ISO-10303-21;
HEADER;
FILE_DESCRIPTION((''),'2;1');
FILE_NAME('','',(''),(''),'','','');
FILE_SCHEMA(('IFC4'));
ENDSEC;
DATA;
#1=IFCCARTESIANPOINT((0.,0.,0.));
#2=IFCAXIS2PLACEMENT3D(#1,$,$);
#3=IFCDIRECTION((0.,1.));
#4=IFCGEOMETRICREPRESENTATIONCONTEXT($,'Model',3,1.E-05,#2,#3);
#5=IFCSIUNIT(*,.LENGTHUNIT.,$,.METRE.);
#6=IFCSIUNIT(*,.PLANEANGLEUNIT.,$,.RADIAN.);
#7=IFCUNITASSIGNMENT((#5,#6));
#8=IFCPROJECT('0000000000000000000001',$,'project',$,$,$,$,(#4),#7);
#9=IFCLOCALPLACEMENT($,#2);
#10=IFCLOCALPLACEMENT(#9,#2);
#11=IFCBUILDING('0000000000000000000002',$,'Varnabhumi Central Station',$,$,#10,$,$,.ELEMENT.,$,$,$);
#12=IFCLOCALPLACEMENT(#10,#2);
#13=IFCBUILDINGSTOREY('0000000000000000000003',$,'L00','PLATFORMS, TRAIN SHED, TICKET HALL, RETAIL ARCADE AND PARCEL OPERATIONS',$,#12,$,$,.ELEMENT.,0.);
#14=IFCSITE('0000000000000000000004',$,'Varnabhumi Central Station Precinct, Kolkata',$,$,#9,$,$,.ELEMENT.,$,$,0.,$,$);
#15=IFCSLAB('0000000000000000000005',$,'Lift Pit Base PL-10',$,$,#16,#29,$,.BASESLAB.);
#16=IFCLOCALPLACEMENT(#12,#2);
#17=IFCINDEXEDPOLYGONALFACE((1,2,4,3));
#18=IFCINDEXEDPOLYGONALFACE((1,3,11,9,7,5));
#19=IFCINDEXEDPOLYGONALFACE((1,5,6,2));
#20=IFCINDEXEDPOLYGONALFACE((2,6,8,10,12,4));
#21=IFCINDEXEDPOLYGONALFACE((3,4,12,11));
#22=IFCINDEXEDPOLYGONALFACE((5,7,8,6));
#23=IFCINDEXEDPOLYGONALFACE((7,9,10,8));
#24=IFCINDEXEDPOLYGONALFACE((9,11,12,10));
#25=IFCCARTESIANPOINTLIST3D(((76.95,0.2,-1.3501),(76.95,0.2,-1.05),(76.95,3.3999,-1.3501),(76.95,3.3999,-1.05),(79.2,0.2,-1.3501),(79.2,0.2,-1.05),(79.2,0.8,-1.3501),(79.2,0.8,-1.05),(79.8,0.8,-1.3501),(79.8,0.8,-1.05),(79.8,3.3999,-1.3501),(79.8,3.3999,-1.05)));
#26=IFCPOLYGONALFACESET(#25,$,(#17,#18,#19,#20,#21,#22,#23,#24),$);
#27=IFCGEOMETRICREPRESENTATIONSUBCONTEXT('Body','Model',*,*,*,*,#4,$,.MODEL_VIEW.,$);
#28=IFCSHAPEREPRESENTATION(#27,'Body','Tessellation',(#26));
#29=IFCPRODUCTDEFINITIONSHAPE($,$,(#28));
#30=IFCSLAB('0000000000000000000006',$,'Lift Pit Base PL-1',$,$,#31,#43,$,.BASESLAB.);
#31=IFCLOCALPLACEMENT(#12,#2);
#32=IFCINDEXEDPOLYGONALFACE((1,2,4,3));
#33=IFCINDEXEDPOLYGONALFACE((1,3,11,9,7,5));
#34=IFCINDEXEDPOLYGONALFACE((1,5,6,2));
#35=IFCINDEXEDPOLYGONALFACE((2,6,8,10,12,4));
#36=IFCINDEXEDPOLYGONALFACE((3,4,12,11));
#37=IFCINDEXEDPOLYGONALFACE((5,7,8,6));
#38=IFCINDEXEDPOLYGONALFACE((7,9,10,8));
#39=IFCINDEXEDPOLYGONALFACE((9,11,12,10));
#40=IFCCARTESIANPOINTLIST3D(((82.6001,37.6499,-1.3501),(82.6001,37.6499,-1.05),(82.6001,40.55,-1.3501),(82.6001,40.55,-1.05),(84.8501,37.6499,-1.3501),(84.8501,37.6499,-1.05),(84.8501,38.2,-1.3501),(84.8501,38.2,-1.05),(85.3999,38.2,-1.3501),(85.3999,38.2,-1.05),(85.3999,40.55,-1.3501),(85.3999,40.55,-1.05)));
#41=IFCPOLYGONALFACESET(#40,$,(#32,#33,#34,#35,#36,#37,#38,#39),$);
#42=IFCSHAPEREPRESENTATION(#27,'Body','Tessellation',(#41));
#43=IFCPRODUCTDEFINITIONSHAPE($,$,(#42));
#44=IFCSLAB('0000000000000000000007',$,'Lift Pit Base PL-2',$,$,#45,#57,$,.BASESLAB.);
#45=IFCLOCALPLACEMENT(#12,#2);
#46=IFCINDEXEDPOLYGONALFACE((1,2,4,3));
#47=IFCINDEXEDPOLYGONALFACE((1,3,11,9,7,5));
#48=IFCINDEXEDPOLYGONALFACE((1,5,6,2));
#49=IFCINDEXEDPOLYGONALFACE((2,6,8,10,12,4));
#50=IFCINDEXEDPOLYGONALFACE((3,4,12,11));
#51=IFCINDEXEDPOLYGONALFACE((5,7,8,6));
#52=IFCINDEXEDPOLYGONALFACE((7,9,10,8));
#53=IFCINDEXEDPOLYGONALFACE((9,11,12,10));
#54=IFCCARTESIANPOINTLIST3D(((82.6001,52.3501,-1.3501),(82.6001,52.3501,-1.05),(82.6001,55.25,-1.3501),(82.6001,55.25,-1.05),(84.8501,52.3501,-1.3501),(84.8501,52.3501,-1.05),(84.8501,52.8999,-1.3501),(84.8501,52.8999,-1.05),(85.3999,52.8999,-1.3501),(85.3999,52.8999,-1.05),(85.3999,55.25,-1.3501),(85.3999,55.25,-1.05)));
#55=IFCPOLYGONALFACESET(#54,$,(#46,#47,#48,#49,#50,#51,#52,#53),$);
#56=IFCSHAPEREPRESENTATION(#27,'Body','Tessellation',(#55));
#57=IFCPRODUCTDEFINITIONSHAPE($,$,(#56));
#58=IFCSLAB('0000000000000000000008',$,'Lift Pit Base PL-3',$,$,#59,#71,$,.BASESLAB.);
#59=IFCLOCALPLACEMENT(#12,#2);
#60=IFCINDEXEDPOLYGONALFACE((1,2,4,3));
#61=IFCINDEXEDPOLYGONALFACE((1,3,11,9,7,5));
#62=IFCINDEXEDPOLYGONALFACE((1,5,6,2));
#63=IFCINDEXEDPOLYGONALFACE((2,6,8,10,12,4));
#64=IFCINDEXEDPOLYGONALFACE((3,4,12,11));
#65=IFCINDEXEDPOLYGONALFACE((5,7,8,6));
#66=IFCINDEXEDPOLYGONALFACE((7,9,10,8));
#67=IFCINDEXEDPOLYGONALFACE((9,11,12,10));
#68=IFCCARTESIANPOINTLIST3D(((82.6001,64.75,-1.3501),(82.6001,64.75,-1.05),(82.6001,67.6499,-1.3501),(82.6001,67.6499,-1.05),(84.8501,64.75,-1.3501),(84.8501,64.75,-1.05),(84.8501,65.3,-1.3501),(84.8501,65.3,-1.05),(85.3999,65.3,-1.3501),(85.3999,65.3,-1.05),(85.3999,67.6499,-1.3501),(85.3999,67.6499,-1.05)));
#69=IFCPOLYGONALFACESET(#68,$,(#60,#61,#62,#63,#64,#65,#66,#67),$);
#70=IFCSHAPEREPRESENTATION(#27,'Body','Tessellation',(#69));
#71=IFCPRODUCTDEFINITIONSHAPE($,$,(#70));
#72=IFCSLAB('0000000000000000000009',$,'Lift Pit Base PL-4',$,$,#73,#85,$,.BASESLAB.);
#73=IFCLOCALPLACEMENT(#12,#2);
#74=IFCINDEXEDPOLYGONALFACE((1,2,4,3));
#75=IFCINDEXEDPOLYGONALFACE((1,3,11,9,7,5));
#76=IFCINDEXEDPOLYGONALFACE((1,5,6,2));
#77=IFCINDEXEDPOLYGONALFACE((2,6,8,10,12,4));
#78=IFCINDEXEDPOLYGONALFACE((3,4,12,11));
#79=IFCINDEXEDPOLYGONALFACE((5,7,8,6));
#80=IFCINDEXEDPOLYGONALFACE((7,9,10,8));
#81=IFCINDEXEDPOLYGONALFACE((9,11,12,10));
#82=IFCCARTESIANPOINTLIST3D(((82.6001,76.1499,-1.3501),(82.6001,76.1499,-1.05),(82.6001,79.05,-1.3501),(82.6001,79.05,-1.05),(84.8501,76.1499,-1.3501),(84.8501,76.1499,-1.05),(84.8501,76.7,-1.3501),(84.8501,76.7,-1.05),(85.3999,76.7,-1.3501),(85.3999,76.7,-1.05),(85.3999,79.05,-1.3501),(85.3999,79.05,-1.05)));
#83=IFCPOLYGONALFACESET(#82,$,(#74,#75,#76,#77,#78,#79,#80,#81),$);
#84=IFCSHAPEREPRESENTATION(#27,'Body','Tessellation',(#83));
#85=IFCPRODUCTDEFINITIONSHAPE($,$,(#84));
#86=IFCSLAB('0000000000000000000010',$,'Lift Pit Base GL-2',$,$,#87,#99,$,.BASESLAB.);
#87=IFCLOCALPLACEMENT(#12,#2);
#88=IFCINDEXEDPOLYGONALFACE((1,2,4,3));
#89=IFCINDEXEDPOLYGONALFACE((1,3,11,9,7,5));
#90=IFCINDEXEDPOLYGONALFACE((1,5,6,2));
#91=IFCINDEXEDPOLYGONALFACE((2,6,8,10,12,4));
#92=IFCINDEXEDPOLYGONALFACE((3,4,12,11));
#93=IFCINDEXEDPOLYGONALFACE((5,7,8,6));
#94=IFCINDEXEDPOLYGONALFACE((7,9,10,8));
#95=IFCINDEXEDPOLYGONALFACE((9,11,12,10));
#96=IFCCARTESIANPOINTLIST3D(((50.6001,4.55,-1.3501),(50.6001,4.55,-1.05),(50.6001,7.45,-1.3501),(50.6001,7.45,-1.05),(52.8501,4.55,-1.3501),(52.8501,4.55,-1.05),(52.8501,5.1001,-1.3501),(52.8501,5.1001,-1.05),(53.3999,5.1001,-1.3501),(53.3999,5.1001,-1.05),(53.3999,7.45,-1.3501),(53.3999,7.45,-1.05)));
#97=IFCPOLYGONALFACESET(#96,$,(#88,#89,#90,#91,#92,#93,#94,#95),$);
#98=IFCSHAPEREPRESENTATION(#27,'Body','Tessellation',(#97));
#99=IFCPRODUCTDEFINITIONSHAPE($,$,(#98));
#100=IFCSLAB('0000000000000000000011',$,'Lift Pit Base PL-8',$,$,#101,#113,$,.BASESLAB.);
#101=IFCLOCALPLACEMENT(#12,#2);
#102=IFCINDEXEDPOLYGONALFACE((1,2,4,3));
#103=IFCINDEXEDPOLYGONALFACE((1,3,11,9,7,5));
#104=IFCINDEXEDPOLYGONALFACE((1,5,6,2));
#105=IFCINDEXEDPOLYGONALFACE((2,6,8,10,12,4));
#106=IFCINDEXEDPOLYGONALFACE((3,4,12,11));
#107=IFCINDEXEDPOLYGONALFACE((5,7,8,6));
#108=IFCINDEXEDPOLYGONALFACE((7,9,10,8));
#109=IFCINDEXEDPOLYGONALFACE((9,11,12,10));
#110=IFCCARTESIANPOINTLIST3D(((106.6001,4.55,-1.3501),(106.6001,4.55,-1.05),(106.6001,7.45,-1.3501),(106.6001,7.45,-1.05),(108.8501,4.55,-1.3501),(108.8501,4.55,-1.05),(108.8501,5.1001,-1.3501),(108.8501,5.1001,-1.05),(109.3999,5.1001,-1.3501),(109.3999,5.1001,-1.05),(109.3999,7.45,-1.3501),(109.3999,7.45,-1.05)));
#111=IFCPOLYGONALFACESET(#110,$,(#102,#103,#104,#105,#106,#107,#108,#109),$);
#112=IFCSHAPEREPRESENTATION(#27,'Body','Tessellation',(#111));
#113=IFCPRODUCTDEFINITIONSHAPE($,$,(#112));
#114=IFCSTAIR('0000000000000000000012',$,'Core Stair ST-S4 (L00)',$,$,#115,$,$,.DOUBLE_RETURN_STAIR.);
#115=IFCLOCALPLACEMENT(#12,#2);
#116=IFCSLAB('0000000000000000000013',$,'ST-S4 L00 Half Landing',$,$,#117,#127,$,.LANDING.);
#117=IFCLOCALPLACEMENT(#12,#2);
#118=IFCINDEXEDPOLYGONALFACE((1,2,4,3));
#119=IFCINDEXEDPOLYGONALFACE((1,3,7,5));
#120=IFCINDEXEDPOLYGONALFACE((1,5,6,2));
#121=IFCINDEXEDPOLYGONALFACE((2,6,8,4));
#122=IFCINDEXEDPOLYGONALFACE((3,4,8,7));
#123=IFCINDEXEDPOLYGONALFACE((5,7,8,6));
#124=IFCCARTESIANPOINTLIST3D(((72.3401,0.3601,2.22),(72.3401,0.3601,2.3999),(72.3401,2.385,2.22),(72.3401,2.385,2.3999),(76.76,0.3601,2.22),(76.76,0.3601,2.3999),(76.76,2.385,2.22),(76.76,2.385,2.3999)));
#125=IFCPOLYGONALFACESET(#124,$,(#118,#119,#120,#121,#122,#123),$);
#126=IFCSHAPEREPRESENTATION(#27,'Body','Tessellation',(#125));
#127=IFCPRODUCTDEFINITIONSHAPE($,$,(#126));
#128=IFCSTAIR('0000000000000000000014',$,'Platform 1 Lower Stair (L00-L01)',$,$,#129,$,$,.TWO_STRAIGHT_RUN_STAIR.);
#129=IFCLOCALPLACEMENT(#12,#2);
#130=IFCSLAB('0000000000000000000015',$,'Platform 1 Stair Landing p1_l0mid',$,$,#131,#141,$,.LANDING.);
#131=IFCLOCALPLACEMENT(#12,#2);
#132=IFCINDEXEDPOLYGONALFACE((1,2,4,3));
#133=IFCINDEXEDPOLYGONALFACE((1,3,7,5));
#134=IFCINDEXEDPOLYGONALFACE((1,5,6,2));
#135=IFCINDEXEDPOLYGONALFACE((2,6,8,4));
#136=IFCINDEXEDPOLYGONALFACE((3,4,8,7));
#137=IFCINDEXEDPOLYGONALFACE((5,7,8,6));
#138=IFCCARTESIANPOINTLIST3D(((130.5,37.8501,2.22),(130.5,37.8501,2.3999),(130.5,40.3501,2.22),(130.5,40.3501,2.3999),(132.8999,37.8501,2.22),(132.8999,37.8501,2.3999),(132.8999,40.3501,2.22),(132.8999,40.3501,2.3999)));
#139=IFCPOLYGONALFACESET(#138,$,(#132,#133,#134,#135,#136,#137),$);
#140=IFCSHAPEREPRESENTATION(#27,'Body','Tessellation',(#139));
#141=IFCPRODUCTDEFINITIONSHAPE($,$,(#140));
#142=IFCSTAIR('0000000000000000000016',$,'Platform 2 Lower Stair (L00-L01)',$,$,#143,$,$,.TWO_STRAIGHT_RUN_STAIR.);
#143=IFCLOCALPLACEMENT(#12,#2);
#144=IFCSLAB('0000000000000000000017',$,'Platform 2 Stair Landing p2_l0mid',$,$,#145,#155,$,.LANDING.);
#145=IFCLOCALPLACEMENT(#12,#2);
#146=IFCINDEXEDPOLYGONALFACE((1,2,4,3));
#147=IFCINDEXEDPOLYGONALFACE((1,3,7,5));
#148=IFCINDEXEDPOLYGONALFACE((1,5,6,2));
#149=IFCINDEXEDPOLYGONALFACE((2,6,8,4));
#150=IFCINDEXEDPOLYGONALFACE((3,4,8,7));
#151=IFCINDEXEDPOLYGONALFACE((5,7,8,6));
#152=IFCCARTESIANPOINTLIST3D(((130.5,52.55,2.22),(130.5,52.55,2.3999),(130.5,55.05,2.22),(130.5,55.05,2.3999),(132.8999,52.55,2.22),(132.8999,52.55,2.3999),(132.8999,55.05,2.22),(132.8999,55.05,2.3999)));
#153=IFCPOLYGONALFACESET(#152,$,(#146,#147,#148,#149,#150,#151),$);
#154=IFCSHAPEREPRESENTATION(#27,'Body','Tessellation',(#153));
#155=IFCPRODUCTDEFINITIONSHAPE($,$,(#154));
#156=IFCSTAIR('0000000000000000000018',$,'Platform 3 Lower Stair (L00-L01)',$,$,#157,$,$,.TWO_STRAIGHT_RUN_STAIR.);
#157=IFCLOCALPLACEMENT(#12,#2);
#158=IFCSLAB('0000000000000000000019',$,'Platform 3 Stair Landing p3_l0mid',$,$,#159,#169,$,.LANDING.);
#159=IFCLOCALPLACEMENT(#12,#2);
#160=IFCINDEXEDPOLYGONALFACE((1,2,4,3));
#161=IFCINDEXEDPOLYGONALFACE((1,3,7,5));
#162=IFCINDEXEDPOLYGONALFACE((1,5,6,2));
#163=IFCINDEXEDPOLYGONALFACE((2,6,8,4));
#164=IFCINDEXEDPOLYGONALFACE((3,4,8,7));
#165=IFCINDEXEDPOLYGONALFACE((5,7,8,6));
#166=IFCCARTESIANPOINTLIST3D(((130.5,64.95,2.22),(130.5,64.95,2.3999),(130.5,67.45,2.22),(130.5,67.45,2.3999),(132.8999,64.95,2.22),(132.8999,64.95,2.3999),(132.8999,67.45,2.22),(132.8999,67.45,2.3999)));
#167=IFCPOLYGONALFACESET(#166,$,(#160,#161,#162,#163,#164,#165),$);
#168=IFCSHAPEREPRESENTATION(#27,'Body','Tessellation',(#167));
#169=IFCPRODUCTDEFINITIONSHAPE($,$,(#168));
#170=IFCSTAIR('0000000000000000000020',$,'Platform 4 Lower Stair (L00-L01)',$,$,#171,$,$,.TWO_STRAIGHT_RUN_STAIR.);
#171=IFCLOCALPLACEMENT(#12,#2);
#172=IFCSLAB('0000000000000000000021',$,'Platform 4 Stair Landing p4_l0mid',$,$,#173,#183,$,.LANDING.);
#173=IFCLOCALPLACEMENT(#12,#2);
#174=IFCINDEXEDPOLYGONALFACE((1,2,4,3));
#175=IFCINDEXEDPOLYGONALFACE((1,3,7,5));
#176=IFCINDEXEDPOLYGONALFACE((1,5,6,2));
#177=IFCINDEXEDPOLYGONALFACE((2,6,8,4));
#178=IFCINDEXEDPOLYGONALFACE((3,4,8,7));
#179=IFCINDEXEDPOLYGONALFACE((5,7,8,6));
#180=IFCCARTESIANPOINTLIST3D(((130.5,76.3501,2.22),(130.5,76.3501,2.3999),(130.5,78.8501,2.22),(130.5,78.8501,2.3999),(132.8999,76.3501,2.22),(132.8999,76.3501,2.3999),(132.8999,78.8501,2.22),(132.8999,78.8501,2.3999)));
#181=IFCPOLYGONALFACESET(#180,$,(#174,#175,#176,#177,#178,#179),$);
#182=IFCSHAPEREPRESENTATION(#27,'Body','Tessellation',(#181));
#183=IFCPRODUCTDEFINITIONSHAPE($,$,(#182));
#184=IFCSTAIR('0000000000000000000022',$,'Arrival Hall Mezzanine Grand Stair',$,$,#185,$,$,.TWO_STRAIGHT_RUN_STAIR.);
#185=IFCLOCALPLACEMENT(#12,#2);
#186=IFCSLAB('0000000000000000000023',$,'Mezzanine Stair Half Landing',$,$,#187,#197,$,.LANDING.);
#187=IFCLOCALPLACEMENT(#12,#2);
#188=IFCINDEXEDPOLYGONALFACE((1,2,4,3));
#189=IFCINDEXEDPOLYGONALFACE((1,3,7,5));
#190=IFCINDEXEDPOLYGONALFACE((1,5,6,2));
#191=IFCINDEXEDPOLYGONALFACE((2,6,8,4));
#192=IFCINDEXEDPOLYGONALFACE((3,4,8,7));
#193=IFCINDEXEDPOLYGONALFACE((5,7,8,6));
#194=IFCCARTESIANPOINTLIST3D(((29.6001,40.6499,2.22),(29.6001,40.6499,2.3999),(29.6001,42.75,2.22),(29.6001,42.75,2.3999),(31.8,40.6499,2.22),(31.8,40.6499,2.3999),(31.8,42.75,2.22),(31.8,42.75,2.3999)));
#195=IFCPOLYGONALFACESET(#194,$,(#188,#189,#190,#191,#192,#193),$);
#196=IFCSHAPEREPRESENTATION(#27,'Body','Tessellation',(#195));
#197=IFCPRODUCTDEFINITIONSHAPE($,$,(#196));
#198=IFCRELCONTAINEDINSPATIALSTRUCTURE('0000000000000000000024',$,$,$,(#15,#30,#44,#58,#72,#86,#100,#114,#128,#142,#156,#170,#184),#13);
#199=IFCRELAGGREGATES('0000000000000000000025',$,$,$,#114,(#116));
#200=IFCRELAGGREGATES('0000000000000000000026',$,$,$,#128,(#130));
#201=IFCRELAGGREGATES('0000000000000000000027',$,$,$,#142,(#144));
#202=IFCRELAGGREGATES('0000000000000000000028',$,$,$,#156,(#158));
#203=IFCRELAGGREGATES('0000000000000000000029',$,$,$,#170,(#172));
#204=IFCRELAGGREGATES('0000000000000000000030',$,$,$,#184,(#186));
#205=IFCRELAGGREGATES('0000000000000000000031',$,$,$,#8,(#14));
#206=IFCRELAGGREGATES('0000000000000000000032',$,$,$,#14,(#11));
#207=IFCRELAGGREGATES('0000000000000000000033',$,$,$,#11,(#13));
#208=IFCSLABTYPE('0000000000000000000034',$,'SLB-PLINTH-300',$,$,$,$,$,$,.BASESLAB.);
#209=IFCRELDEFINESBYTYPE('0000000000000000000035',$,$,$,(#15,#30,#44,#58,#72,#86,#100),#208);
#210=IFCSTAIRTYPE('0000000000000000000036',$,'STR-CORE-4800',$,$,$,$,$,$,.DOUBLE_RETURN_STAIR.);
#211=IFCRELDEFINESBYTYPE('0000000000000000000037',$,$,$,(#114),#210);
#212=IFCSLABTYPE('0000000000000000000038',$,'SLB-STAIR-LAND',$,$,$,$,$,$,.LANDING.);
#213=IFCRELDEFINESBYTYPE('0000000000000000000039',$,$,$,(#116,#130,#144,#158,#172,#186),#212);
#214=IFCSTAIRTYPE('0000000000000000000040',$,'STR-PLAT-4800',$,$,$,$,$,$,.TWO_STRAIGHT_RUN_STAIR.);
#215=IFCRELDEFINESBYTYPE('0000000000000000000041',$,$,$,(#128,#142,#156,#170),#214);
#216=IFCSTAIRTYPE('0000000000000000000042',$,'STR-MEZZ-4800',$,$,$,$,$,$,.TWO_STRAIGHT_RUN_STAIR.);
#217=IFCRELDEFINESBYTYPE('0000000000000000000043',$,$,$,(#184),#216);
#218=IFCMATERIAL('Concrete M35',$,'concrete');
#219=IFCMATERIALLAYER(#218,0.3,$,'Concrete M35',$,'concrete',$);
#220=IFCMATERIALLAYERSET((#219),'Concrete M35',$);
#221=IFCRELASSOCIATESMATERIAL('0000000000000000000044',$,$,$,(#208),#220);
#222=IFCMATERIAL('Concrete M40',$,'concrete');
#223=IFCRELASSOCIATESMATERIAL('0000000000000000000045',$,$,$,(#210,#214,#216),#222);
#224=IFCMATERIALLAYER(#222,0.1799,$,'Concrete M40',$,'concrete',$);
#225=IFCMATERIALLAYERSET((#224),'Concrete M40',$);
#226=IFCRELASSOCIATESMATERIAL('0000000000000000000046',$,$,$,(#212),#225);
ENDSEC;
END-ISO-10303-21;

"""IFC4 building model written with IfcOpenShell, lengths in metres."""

from ifc_helpers import new_model, si_unit, direction, frame, origin, place, context, subcontext, project, spatial, polyline, outline, extrude, material, layer, layer_set, type_object, element, aggregate, save


model = new_model("IFC4")

# Units and contexts
model_context = context("Model", 3, precision=1e-05, world=origin(), true_north=direction((0.0, 1.0)))
body_context = subcontext(model_context, "Body", "Model", "MODEL_VIEW")
ifc_project = project(units=[si_unit("LENGTHUNIT", "METRE"), si_unit("PLANEANGLEUNIT", "RADIAN")], contexts=[model_context])

# Site, building, storey
site_placement = place(None, origin())
site = spatial("IfcSite", under=ifc_project, at=site_placement, Name="Varnabhumi Central Station Precinct, Kolkata", CompositionType="ELEMENT", RefElevation=0.0)
building_placement = place(site_placement, origin())
building = spatial("IfcBuilding", under=site, at=building_placement, Name="Varnabhumi Central Station", CompositionType="ELEMENT")
storey_placement = place(building_placement, origin())
storey = spatial("IfcBuildingStorey", under=building, at=storey_placement, Name="L00", Description="PLATFORMS, TRAIN SHED, TICKET HALL, RETAIL ARCADE AND PARCEL OPERATIONS", CompositionType="ELEMENT", Elevation=0.0)

# Slabs
ifc_material_1 = material(Name="Concrete M35", Category="concrete")
ifc_layer_1 = layer(ifc_material_1, 0.3, Name="Concrete M35", Category="concrete")
ifc_layer_set_1 = layer_set([ifc_layer_1], Name="Concrete M35")
slab_type_1 = type_object("IfcSlabType", Name="SLB-PLINTH-300", PredefinedType="BASESLAB", material=ifc_layer_set_1)
slab_1_placement = place(storey_placement, frame((0.0, 0.0, -1.3501)))
element("IfcSlab", 1, at=slab_1_placement, inside=storey, type_object=slab_type_1, Name="Lift Pit Base PL-10", PredefinedType="BASESLAB", context=body_context, shape_type="SweptSolid", body=[
    extrude(outline(polyline([(76.95, 0.2), (79.2, 0.2), (79.2, 0.8), (79.8, 0.8), (79.8, 3.3999), (76.95, 3.3999), (76.95, 0.2)])), origin(), (0.0, 0.0, 1.0), 0.3),
])
slab_2_placement = place(storey_placement, frame((0.0, 0.0, -1.3501)))
element("IfcSlab", 2, at=slab_2_placement, inside=storey, type_object=slab_type_1, Name="Lift Pit Base PL-1", PredefinedType="BASESLAB", context=body_context, shape_type="SweptSolid", body=[
    extrude(outline(polyline([(82.6001, 37.6499), (84.8501, 37.6499), (84.8501, 38.2), (85.3999, 38.2), (85.3999, 40.55), (82.6001, 40.55), (82.6001, 37.6499)])), origin(), (0.0, 0.0, 1.0), 0.3),
])
slab_3_placement = place(storey_placement, frame((0.0, 0.0, -1.3501)))
element("IfcSlab", 3, at=slab_3_placement, inside=storey, type_object=slab_type_1, Name="Lift Pit Base PL-2", PredefinedType="BASESLAB", context=body_context, shape_type="SweptSolid", body=[
    extrude(outline(polyline([(82.6001, 52.3501), (84.8501, 52.3501), (84.8501, 52.8999), (85.3999, 52.8999), (85.3999, 55.25), (82.6001, 55.25), (82.6001, 52.3501)])), origin(), (0.0, 0.0, 1.0), 0.3),
])
slab_4_placement = place(storey_placement, frame((0.0, 0.0, -1.3501)))
element("IfcSlab", 4, at=slab_4_placement, inside=storey, type_object=slab_type_1, Name="Lift Pit Base PL-3", PredefinedType="BASESLAB", context=body_context, shape_type="SweptSolid", body=[
    extrude(outline(polyline([(82.6001, 64.75), (84.8501, 64.75), (84.8501, 65.3), (85.3999, 65.3), (85.3999, 67.6499), (82.6001, 67.6499), (82.6001, 64.75)])), origin(), (0.0, 0.0, 1.0), 0.3),
])
slab_5_placement = place(storey_placement, frame((0.0, 0.0, -1.3501)))
element("IfcSlab", 5, at=slab_5_placement, inside=storey, type_object=slab_type_1, Name="Lift Pit Base PL-4", PredefinedType="BASESLAB", context=body_context, shape_type="SweptSolid", body=[
    extrude(outline(polyline([(82.6001, 76.1499), (84.8501, 76.1499), (84.8501, 76.7), (85.3999, 76.7), (85.3999, 79.05), (82.6001, 79.05), (82.6001, 76.1499)])), origin(), (0.0, 0.0, 1.0), 0.3),
])
slab_6_placement = place(storey_placement, frame((0.0, 0.0, -1.3501)))
element("IfcSlab", 6, at=slab_6_placement, inside=storey, type_object=slab_type_1, Name="Lift Pit Base GL-2", PredefinedType="BASESLAB", context=body_context, shape_type="SweptSolid", body=[
    extrude(outline(polyline([(50.6001, 4.55), (52.8501, 4.55), (52.8501, 5.1001), (53.3999, 5.1001), (53.3999, 7.45), (50.6001, 7.45), (50.6001, 4.55)])), origin(), (0.0, 0.0, 1.0), 0.3),
])
slab_7_placement = place(storey_placement, frame((0.0, 0.0, -1.3501)))
element("IfcSlab", 7, at=slab_7_placement, inside=storey, type_object=slab_type_1, Name="Lift Pit Base PL-8", PredefinedType="BASESLAB", context=body_context, shape_type="SweptSolid", body=[
    extrude(outline(polyline([(106.6001, 4.55), (108.8501, 4.55), (108.8501, 5.1001), (109.3999, 5.1001), (109.3999, 7.45), (106.6001, 7.45), (106.6001, 4.55)])), origin(), (0.0, 0.0, 1.0), 0.3),
])

# Stairs, slabs
ifc_material_2 = material(Name="Concrete M40", Category="concrete")
stair_type_1 = type_object("IfcStairType", Name="STR-CORE-4800", PredefinedType="DOUBLE_RETURN_STAIR", material=ifc_material_2)
stair_1_placement = place(storey_placement, origin())
stair_1 = element("IfcStair", 8, at=stair_1_placement, inside=storey, type_object=stair_type_1, Name="Core Stair ST-S4 (L00)", PredefinedType="DOUBLE_RETURN_STAIR")
ifc_layer_2 = layer(ifc_material_2, 0.1799, Name="Concrete M40", Category="concrete")
ifc_layer_set_2 = layer_set([ifc_layer_2], Name="Concrete M40")
slab_type_2 = type_object("IfcSlabType", Name="SLB-STAIR-LAND", PredefinedType="LANDING", material=ifc_layer_set_2)
slab_8_placement = place(storey_placement, frame((0.0, 0.0, 2.22)))
slab_8 = element("IfcSlab", 9, at=slab_8_placement, type_object=slab_type_2, Name="ST-S4 L00 Half Landing", PredefinedType="LANDING", context=body_context, shape_type="SweptSolid", body=[
    extrude(outline(polyline([(72.3401, 0.3601), (76.76, 0.3601), (76.76, 2.385), (72.3401, 2.385), (72.3401, 0.3601)])), origin(), (0.0, 0.0, 1.0), 0.1799),
])
aggregate(stair_1, [slab_8])
stair_type_2 = type_object("IfcStairType", Name="STR-PLAT-4800", PredefinedType="TWO_STRAIGHT_RUN_STAIR", material=ifc_material_2)
stair_2_placement = place(storey_placement, origin())
stair_2 = element("IfcStair", 10, at=stair_2_placement, inside=storey, type_object=stair_type_2, Name="Platform 1 Lower Stair (L00-L01)", PredefinedType="TWO_STRAIGHT_RUN_STAIR")
slab_9_placement = place(storey_placement, frame((0.0, 0.0, 2.22)))
slab_9 = element("IfcSlab", 11, at=slab_9_placement, type_object=slab_type_2, Name="Platform 1 Stair Landing p1_l0mid", PredefinedType="LANDING", context=body_context, shape_type="SweptSolid", body=[
    extrude(outline(polyline([(130.5, 37.8501), (132.8999, 37.8501), (132.8999, 40.3501), (130.5, 40.3501), (130.5, 37.8501)])), origin(), (0.0, 0.0, 1.0), 0.1799),
])
aggregate(stair_2, [slab_9])
stair_3_placement = place(storey_placement, origin())
stair_3 = element("IfcStair", 12, at=stair_3_placement, inside=storey, type_object=stair_type_2, Name="Platform 2 Lower Stair (L00-L01)", PredefinedType="TWO_STRAIGHT_RUN_STAIR")
slab_10_placement = place(storey_placement, frame((0.0, 0.0, 2.22)))
slab_10 = element("IfcSlab", 13, at=slab_10_placement, type_object=slab_type_2, Name="Platform 2 Stair Landing p2_l0mid", PredefinedType="LANDING", context=body_context, shape_type="SweptSolid", body=[
    extrude(outline(polyline([(130.5, 52.55), (132.8999, 52.55), (132.8999, 55.05), (130.5, 55.05), (130.5, 52.55)])), origin(), (0.0, 0.0, 1.0), 0.1799),
])
aggregate(stair_3, [slab_10])
stair_4_placement = place(storey_placement, origin())
stair_4 = element("IfcStair", 14, at=stair_4_placement, inside=storey, type_object=stair_type_2, Name="Platform 3 Lower Stair (L00-L01)", PredefinedType="TWO_STRAIGHT_RUN_STAIR")
slab_11_placement = place(storey_placement, frame((0.0, 0.0, 2.22)))
slab_11 = element("IfcSlab", 15, at=slab_11_placement, type_object=slab_type_2, Name="Platform 3 Stair Landing p3_l0mid", PredefinedType="LANDING", context=body_context, shape_type="SweptSolid", body=[
    extrude(outline(polyline([(130.5, 64.95), (132.8999, 64.95), (132.8999, 67.45), (130.5, 67.45), (130.5, 64.95)])), origin(), (0.0, 0.0, 1.0), 0.1799),
])
aggregate(stair_4, [slab_11])
stair_5_placement = place(storey_placement, origin())
stair_5 = element("IfcStair", 16, at=stair_5_placement, inside=storey, type_object=stair_type_2, Name="Platform 4 Lower Stair (L00-L01)", PredefinedType="TWO_STRAIGHT_RUN_STAIR")
slab_12_placement = place(storey_placement, frame((0.0, 0.0, 2.22)))
slab_12 = element("IfcSlab", 17, at=slab_12_placement, type_object=slab_type_2, Name="Platform 4 Stair Landing p4_l0mid", PredefinedType="LANDING", context=body_context, shape_type="SweptSolid", body=[
    extrude(outline(polyline([(130.5, 76.3501), (132.8999, 76.3501), (132.8999, 78.8501), (130.5, 78.8501), (130.5, 76.3501)])), origin(), (0.0, 0.0, 1.0), 0.1799),
])
aggregate(stair_5, [slab_12])
stair_type_3 = type_object("IfcStairType", Name="STR-MEZZ-4800", PredefinedType="TWO_STRAIGHT_RUN_STAIR", material=ifc_material_2)
stair_6_placement = place(storey_placement, origin())
stair_6 = element("IfcStair", 18, at=stair_6_placement, inside=storey, type_object=stair_type_3, Name="Arrival Hall Mezzanine Grand Stair", PredefinedType="TWO_STRAIGHT_RUN_STAIR")
slab_13_placement = place(storey_placement, frame((0.0, 0.0, 2.22)))
slab_13 = element("IfcSlab", 19, at=slab_13_placement, type_object=slab_type_2, Name="Mezzanine Stair Half Landing", PredefinedType="LANDING", context=body_context, shape_type="SweptSolid", body=[
    extrude(outline(polyline([(29.6001, 40.6499), (31.8, 40.6499), (31.8, 42.75), (29.6001, 42.75), (29.6001, 40.6499)])), origin(), (0.0, 0.0, 1.0), 0.1799),
])
aggregate(stair_6, [slab_13])

save(model, "model.ifc")
